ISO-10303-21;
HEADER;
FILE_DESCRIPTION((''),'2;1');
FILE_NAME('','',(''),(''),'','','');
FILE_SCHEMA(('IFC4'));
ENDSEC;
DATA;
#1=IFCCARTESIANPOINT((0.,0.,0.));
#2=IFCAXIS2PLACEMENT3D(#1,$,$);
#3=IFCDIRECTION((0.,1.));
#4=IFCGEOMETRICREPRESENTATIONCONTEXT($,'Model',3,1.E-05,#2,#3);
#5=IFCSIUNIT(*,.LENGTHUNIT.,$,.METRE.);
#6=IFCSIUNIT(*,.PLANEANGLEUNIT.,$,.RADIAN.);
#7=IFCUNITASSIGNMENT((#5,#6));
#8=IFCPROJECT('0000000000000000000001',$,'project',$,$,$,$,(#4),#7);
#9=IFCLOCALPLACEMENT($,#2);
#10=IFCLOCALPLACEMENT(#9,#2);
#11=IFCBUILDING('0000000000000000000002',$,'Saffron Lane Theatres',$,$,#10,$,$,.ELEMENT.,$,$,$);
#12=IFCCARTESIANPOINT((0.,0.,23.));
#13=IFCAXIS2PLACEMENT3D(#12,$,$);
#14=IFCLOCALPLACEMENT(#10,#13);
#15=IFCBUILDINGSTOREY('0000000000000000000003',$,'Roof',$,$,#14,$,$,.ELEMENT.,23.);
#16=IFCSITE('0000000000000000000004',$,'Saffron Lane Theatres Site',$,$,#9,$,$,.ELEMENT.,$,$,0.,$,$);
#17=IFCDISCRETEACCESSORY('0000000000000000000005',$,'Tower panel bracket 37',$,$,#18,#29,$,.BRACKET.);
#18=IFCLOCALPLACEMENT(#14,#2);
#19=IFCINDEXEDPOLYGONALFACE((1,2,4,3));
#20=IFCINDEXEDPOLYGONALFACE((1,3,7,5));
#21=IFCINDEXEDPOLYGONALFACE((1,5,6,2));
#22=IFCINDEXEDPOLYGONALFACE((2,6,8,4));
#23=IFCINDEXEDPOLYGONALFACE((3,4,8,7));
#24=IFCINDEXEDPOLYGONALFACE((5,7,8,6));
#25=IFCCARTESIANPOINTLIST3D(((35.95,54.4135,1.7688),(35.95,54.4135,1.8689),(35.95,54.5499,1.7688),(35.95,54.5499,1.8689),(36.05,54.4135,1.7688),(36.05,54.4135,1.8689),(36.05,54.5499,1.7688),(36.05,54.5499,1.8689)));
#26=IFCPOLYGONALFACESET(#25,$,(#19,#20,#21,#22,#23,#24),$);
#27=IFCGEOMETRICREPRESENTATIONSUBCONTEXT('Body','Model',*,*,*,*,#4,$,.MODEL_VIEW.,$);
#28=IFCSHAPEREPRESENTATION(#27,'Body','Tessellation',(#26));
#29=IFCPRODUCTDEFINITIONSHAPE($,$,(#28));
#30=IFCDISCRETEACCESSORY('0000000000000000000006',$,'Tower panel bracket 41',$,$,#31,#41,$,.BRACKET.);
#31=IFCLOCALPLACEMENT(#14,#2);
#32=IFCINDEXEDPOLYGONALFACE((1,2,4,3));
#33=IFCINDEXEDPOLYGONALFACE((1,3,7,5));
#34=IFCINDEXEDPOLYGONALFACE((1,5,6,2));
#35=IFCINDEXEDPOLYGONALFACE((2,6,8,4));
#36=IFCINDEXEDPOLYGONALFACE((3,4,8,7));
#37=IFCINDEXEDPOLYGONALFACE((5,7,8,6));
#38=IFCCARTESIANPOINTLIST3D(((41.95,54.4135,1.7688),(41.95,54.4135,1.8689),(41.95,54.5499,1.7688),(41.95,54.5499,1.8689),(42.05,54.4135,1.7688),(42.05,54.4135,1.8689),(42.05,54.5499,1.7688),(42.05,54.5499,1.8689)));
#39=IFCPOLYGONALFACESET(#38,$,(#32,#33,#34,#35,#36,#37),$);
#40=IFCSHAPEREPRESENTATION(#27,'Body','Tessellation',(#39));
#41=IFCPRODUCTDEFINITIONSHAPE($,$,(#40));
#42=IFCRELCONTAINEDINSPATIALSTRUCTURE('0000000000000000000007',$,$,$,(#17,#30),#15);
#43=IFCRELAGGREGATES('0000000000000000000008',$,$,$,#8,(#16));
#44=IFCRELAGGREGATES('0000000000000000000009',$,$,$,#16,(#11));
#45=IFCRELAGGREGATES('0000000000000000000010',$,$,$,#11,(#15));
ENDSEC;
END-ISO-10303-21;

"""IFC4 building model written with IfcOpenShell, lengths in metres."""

from ifc_helpers import new_model, si_unit, direction, frame, origin, origin_2d, place, context, subcontext, project, spatial, rectangle, extrude, element, save


model = new_model("IFC4")

# Units and contexts
model_context = context("Model", 3, precision=1e-05, world=origin(), true_north=direction((0.0, 1.0)))
body_context = subcontext(model_context, "Body", "Model", "MODEL_VIEW")
ifc_project = project(units=[si_unit("LENGTHUNIT", "METRE"), si_unit("PLANEANGLEUNIT", "RADIAN")], contexts=[model_context])

# Site, building, storey
site_placement = place(None, origin())
site = spatial("IfcSite", under=ifc_project, at=site_placement, Name="Saffron Lane Theatres Site", CompositionType="ELEMENT", RefElevation=0.0)
building_placement = place(site_placement, origin())
building = spatial("IfcBuilding", under=site, at=building_placement, Name="Saffron Lane Theatres", CompositionType="ELEMENT")
storey_placement = place(building_placement, frame((0.0, 0.0, 23.0)))
storey = spatial("IfcBuildingStorey", under=building, at=storey_placement, Name="Roof", CompositionType="ELEMENT", Elevation=23.0)

# Discrete accessories
for number, where, z_axis, x_axis, name in (
    (1, (36.0, 54.4817, 1.7688), (0.0, 0.0, 1.0), (1.0, 0.0, 0.0), "Tower panel bracket 37"),
    (2, (42.0, 54.4817, 1.7688), (0.0, 0.0, 1.0), (1.0, 0.0, 0.0), "Tower panel bracket 41"),
):
    element("IfcDiscreteAccessory", number, at=place(storey_placement, frame(where, z_axis=z_axis, x_axis=x_axis)), inside=storey, Name=name, PredefinedType="BRACKET", context=body_context, shape_type="SweptSolid", body=[
        extrude(rectangle(XDim=0.1001, YDim=0.1365, at=origin_2d()), origin(), (0.0, 0.0, 1.0), 0.1001),
    ])

save(model, "model.ifc")
